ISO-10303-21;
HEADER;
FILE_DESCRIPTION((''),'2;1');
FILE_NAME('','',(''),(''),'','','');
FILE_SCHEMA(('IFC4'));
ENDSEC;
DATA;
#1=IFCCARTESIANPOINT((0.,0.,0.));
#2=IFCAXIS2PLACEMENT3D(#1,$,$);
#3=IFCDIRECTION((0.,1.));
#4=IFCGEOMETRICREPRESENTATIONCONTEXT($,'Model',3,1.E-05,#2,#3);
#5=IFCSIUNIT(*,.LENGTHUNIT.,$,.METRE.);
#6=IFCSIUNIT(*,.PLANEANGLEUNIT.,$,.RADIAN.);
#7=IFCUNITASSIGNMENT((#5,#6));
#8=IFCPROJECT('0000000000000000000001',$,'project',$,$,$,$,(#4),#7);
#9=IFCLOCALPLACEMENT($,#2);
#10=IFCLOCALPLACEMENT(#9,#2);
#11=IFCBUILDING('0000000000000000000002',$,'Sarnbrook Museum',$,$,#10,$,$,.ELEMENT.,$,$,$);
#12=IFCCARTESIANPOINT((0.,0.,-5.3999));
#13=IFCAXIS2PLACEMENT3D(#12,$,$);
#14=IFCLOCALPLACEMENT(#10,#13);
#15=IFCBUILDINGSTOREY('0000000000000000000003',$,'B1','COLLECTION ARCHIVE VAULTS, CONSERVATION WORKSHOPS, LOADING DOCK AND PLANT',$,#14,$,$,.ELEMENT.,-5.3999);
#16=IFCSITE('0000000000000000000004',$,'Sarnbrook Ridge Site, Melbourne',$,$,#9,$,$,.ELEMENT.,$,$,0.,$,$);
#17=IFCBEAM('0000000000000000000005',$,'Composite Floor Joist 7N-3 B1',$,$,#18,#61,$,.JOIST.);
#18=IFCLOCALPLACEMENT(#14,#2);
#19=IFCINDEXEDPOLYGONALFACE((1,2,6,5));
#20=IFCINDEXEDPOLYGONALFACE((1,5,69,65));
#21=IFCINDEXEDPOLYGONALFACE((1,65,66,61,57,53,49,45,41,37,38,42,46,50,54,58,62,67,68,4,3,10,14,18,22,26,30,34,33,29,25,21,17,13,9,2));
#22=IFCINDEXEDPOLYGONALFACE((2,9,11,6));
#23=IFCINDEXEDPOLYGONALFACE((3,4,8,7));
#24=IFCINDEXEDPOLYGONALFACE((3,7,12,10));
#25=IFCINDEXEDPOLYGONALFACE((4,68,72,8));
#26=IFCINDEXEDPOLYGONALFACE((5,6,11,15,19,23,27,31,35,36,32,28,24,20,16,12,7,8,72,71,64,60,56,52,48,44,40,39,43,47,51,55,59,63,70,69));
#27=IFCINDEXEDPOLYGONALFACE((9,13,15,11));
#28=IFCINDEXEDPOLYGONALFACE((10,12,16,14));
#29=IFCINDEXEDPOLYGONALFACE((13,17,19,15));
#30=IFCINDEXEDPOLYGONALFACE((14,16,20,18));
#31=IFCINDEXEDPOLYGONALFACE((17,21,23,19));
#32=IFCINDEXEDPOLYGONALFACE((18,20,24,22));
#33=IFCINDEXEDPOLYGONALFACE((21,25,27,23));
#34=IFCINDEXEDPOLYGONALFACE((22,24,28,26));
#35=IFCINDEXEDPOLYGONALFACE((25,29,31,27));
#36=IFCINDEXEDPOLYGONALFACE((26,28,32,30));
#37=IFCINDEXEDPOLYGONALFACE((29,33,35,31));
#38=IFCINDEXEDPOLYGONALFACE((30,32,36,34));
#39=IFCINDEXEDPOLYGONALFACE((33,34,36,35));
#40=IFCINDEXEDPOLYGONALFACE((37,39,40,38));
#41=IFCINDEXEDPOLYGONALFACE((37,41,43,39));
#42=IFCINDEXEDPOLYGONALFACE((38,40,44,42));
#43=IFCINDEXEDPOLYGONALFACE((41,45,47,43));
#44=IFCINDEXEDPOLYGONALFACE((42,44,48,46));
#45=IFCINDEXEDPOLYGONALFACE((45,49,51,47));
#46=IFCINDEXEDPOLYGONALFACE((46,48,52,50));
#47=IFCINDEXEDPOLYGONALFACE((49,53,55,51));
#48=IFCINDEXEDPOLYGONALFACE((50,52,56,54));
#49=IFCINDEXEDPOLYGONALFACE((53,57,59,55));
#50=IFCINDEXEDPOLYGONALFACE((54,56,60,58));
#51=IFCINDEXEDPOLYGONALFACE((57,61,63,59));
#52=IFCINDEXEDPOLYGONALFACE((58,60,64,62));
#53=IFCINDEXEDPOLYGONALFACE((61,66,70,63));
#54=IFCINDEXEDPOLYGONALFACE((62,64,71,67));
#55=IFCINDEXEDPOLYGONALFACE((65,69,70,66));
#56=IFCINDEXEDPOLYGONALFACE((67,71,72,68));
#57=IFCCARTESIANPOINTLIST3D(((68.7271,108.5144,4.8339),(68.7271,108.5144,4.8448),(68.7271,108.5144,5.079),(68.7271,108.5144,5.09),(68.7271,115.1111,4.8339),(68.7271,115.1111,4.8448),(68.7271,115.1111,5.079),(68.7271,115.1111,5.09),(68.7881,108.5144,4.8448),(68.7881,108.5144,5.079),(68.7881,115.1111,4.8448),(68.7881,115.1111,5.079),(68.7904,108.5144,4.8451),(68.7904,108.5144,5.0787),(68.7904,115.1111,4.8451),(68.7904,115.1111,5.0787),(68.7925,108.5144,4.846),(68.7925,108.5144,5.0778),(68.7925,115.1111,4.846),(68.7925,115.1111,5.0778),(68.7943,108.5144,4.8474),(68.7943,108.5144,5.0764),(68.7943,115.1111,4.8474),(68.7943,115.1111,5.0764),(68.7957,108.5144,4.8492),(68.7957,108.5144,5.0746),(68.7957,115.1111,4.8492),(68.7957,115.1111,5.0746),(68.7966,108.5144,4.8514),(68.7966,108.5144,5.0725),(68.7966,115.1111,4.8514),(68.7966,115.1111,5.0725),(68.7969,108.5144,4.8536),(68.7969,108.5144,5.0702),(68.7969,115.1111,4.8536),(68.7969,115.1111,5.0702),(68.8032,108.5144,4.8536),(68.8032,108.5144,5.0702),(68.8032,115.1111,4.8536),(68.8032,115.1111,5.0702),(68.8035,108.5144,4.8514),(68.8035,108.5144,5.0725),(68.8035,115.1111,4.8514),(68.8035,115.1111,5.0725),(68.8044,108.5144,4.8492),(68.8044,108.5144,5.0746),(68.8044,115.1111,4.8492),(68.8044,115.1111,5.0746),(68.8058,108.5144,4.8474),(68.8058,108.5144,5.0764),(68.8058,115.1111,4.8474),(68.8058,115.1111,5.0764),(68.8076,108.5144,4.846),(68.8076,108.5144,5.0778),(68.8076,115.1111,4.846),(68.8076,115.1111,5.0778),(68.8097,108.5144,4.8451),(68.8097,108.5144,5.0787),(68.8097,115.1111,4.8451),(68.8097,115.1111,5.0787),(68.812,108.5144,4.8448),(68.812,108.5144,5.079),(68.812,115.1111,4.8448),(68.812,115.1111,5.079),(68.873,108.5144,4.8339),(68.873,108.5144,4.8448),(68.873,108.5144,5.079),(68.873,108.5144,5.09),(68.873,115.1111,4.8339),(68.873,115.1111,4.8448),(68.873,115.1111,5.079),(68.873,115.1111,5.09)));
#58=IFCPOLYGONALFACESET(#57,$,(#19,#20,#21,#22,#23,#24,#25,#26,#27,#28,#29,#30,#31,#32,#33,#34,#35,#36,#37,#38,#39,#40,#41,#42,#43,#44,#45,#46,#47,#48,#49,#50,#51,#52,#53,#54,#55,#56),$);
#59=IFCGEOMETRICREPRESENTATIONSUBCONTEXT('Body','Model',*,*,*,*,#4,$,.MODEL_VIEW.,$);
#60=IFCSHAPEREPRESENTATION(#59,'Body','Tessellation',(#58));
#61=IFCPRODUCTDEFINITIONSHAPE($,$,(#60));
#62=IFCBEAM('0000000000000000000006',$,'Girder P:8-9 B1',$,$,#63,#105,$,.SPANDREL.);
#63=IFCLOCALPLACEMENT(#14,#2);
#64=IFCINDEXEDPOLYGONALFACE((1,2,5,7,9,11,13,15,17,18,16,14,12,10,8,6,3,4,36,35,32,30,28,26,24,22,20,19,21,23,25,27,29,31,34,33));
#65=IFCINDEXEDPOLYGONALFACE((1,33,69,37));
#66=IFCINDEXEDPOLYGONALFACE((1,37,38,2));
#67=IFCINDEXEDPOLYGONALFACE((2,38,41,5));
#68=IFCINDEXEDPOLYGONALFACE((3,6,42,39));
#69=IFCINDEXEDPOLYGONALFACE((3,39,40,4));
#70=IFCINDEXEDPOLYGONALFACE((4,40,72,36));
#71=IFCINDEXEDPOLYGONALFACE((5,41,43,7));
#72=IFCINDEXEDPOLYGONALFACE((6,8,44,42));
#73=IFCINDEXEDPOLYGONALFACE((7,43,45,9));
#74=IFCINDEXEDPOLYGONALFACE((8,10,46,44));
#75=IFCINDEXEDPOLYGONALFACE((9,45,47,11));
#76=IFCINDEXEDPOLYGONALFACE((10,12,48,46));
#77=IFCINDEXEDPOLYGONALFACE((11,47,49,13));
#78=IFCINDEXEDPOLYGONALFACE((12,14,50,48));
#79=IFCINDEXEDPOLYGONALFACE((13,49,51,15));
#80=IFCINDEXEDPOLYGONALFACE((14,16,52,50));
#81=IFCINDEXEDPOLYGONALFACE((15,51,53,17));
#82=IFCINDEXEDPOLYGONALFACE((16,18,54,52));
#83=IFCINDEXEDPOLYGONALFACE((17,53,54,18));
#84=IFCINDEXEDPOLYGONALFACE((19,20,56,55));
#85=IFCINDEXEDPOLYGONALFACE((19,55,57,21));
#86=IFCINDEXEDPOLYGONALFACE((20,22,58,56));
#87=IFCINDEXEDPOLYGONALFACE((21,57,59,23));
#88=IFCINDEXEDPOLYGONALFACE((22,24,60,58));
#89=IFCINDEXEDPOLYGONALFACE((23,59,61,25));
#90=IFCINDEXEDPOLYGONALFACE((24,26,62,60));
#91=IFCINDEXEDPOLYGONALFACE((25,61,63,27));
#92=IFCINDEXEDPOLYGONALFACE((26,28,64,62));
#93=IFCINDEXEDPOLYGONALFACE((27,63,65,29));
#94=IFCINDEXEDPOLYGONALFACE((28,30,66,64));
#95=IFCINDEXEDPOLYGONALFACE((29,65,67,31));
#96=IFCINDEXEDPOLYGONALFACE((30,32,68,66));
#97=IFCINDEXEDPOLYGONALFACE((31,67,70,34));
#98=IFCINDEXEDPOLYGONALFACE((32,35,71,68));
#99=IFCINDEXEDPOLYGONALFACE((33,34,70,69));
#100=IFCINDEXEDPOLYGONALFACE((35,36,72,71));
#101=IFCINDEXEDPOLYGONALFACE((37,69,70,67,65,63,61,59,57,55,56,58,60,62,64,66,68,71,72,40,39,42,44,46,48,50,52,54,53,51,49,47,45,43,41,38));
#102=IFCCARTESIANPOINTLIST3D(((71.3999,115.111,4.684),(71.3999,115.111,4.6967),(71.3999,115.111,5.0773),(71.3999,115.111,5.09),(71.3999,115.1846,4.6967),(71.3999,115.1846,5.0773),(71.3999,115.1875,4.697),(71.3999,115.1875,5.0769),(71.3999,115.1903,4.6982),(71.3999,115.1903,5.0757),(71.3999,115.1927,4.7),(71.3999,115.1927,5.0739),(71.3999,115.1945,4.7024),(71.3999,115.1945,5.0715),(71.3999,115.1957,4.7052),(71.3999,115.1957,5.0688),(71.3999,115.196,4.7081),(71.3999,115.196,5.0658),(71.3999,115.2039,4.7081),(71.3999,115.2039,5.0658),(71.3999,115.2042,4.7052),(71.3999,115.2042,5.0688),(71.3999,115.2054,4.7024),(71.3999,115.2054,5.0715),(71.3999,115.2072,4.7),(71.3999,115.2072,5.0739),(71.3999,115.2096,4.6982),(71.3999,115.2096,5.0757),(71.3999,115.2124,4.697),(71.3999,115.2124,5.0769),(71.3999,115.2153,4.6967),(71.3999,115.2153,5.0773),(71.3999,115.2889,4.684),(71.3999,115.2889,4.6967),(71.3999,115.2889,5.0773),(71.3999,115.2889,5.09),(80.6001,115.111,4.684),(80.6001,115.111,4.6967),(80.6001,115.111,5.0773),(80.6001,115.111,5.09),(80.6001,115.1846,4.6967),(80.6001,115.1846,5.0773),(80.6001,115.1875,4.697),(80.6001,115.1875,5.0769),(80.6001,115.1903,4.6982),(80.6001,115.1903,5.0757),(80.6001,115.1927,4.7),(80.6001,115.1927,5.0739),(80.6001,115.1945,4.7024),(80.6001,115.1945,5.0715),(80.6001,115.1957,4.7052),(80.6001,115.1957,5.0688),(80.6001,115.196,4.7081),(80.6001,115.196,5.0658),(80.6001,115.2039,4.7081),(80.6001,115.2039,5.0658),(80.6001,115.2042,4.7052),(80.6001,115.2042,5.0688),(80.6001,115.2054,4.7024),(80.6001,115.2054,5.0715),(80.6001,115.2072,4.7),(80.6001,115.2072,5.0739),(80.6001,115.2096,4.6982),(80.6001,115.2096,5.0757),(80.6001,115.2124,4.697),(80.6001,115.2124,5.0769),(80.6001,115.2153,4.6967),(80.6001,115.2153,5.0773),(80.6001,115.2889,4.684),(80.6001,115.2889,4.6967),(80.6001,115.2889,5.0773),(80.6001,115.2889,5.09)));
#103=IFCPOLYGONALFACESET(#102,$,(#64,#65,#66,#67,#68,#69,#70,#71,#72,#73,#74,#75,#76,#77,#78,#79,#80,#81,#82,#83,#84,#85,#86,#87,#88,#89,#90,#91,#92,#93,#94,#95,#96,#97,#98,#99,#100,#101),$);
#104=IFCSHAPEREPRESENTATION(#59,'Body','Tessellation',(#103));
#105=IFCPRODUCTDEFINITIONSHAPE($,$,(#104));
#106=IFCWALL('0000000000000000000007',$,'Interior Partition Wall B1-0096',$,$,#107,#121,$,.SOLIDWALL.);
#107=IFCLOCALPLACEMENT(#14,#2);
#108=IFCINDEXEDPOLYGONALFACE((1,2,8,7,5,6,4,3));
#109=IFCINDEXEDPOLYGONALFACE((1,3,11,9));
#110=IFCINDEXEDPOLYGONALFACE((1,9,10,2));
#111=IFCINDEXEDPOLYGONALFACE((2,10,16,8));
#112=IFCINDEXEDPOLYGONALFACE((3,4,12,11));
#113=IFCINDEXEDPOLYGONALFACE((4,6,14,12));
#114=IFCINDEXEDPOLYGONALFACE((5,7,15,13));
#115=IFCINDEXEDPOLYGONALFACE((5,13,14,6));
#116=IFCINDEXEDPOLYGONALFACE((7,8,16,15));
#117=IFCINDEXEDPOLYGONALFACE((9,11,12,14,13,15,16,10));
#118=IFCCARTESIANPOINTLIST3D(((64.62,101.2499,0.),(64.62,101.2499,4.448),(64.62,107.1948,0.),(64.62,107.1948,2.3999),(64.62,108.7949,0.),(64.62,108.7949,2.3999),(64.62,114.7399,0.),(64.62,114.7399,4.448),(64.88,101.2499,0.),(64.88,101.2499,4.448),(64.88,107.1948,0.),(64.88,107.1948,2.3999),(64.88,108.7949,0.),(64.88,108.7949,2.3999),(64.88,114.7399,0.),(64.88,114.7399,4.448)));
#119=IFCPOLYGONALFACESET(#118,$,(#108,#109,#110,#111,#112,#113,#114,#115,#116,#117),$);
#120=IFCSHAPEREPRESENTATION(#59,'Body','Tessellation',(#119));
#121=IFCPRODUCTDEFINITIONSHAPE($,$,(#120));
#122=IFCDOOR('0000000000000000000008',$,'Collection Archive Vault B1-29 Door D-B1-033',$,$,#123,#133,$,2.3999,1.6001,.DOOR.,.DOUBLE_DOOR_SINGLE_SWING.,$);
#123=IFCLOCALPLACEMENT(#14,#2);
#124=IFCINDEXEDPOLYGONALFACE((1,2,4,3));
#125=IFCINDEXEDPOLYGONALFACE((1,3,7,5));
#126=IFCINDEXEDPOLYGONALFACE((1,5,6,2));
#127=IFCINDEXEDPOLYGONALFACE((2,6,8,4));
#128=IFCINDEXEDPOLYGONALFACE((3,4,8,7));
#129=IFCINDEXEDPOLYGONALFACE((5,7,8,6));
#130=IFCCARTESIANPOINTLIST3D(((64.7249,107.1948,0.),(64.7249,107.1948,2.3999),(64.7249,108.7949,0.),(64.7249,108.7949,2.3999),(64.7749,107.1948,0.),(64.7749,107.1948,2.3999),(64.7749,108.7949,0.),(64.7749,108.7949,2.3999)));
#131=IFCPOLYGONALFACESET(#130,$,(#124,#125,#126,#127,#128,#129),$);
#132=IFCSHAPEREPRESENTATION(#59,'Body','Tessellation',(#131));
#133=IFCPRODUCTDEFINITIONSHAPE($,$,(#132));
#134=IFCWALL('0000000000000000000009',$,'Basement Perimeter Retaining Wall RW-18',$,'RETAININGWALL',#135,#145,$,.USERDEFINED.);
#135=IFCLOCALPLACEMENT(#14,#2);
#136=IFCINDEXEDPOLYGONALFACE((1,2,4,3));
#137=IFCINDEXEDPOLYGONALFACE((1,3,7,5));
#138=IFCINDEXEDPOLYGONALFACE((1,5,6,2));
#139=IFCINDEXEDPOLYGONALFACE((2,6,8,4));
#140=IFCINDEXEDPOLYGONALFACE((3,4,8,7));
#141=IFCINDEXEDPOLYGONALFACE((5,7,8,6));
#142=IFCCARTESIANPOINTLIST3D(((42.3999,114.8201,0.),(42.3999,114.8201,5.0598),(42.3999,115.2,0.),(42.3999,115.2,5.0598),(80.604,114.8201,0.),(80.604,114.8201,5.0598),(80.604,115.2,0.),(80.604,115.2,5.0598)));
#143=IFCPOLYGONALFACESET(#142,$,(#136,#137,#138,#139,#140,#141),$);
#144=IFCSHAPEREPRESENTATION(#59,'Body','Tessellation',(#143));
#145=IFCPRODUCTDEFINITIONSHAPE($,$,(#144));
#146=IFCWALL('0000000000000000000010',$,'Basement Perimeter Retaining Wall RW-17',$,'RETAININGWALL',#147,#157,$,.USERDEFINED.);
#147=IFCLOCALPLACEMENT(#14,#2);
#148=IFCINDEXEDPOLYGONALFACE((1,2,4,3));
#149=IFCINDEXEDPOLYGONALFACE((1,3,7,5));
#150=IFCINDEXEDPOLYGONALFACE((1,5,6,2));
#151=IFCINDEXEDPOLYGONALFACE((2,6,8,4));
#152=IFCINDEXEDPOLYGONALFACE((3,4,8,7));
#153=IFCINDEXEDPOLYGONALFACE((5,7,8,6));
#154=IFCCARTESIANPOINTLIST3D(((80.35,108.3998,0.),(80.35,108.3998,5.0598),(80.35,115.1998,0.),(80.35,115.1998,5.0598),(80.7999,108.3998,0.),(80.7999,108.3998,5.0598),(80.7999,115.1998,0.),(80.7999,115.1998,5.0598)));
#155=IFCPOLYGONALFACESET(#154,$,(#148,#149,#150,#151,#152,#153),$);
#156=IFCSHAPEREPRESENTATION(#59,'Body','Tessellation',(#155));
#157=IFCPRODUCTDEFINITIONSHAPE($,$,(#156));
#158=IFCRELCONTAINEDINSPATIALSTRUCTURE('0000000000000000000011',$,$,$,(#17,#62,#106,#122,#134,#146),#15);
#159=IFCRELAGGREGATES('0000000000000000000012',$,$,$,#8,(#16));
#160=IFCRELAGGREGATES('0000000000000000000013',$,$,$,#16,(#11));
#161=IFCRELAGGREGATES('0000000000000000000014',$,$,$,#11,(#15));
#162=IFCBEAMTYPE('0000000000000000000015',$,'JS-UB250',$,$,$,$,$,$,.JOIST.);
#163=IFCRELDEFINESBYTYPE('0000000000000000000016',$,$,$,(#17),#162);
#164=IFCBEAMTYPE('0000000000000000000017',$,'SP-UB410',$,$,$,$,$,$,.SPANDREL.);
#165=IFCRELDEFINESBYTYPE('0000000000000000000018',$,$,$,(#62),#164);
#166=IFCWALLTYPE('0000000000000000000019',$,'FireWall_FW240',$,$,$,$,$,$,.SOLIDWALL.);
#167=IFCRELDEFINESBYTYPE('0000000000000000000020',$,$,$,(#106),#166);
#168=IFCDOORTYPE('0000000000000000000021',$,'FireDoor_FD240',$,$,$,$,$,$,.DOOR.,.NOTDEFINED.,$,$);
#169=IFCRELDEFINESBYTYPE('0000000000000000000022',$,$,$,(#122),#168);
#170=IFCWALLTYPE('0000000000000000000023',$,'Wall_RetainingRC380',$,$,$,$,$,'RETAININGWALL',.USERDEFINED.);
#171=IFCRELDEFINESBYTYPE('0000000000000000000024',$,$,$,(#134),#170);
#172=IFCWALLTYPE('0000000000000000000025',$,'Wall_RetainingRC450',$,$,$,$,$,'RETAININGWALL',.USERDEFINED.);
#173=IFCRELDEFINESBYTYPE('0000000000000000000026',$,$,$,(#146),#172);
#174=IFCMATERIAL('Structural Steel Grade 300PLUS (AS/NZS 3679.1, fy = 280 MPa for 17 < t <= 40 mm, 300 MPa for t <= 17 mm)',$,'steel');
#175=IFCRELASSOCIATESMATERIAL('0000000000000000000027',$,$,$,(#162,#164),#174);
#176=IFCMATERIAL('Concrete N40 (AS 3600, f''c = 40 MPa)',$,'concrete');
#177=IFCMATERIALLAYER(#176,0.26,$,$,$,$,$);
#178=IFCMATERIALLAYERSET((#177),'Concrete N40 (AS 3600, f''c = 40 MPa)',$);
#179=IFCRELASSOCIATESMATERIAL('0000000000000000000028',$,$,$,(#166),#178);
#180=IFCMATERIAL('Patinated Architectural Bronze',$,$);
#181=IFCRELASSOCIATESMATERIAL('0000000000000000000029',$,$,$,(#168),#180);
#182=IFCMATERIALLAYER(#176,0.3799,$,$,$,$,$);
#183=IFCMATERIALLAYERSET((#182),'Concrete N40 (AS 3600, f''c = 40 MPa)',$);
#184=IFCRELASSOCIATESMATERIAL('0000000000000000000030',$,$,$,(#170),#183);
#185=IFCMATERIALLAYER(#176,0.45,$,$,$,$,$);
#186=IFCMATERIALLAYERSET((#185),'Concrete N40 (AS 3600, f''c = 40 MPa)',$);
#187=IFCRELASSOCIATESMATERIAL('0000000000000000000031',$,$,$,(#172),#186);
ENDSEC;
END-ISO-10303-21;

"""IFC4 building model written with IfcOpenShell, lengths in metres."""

from ifc_helpers import new_model, si_unit, direction, frame, frame_2d, origin, origin_2d, place, context, subcontext, project, spatial, rectangle, i_section, extrude, material, layer, layer_set, material_profile, profile_set, type_object, element, fill, save


model = new_model("IFC4")

# Units and contexts
model_context = context("Model", 3, precision=1e-05, world=origin(), true_north=direction((0.0, 1.0)))
body_context = subcontext(model_context, "Body", "Model", "MODEL_VIEW")
ifc_project = project(units=[si_unit("LENGTHUNIT", "METRE"), si_unit("PLANEANGLEUNIT", "RADIAN")], contexts=[model_context])

# Site, building, storey
site_placement = place(None, origin())
site = spatial("IfcSite", under=ifc_project, at=site_placement, Name="Sarnbrook Ridge Site, Melbourne", CompositionType="ELEMENT", RefElevation=0.0)
building_placement = place(site_placement, origin())
building = spatial("IfcBuilding", under=site, at=building_placement, Name="Sarnbrook Museum", CompositionType="ELEMENT")
storey_placement = place(building_placement, frame((0.0, 0.0, -5.3999)))
storey = spatial("IfcBuildingStorey", under=building, at=storey_placement, Name="B1", Description="COLLECTION ARCHIVE VAULTS, CONSERVATION WORKSHOPS, LOADING DOCK AND PLANT", CompositionType="ELEMENT", Elevation=-5.3999)

# Shared definitions
ifc_material_1 = material(Name="Concrete N40 (AS 3600, f'c = 40 MPa)", Category="concrete")

# Beams
ifc_material_2 = material(Name="Structural Steel Grade 300PLUS (AS/NZS 3679.1, fy = 280 MPa for 17 < t <= 40 mm, 300 MPa for t <= 17 mm)", Category="steel")
ifc_material_profile_1 = material_profile(ifc_material_2, i_section(OverallWidth=0.146, OverallDepth=0.2561, WebThickness=0.0063, FlangeThickness=0.011, FilletRadius=0.0088, at=origin_2d()), Name="250UB37.3")
ifc_profile_set_1 = profile_set([ifc_material_profile_1], Name="Structural Steel Grade 300PLUS (AS/NZS 3679.1, fy = 280 MPa for 17 < t <= 40 mm, 300 MPa for t <= 17 mm)")
beam_type_1 = type_object("IfcBeamType", Name="JS-UB250", PredefinedType="JOIST", material=ifc_profile_set_1)
for number, where, z_axis, x_axis, name in (
    (1, (68.8, 108.5144, 4.9619), (0.0, 1.0, 0.0), (-1.0, 0.0, 0.0), "Composite Floor Joist 7N-3 B1"),
):
    element("IfcBeam", number, at=place(storey_placement, frame(where, z_axis=z_axis, x_axis=x_axis)), inside=storey, type_object=beam_type_1, Name=name, PredefinedType="JOIST", context=body_context, shape_type="SweptSolid", body=[
        extrude(i_section(OverallWidth=0.146, OverallDepth=0.2561, WebThickness=0.0063, FlangeThickness=0.011, FilletRadius=0.0088, at=origin_2d()), origin(), (0.0, 0.0, 1.0), 6.5967),
    ])
ifc_material_profile_2 = material_profile(ifc_material_2, i_section(OverallWidth=0.178, OverallDepth=0.406, WebThickness=0.0078, FlangeThickness=0.0127, FilletRadius=0.0115, at=origin_2d()), Name="410UB59.7")
ifc_profile_set_2 = profile_set([ifc_material_profile_2], Name="Structural Steel Grade 300PLUS (AS/NZS 3679.1, fy = 280 MPa for 17 < t <= 40 mm, 300 MPa for t <= 17 mm)")
beam_type_2 = type_object("IfcBeamType", Name="SP-UB410", PredefinedType="SPANDREL", material=ifc_profile_set_2)
beam_placement = place(storey_placement, frame((71.3999, 115.2, 4.887), z_axis=(1.0, 0.0, 0.0), x_axis=(0.0, 1.0, 0.0)))
element("IfcBeam", 2, at=beam_placement, inside=storey, type_object=beam_type_2, Name="Girder P:8-9 B1", PredefinedType="SPANDREL", context=body_context, shape_type="SweptSolid", body=[
    extrude(i_section(OverallWidth=0.178, OverallDepth=0.406, WebThickness=0.0078, FlangeThickness=0.0127, FilletRadius=0.0115, at=origin_2d()), origin(), (0.0, 0.0, 1.0), 9.2002),
])

# Wall, opening, door
ifc_layer_1 = layer(ifc_material_1, 0.26)
ifc_layer_set_1 = layer_set([ifc_layer_1], Name="Concrete N40 (AS 3600, f'c = 40 MPa)")
wall_type_1 = type_object("IfcWallType", Name="FireWall_FW240", PredefinedType="SOLIDWALL", material=ifc_layer_set_1)
wall_1_placement = place(storey_placement, frame((64.75, 114.74, 0.0), z_axis=(0.0, 0.0, 1.0), x_axis=(0.0, -1.0, 0.0)))
wall_1 = element("IfcWall", 3, at=wall_1_placement, inside=storey, type_object=wall_type_1, Name="Interior Partition Wall B1-0096", PredefinedType="SOLIDWALL", context=body_context, shape_type="SweptSolid", body=[
    extrude(rectangle(XDim=13.49, YDim=0.26, at=frame_2d((6.7451, 0.0))), origin(), (0.0, 0.0, 1.0), 4.448),
])
opening_placement = place(wall_1_placement, frame((5.9451, 0.0, 0.0)))
opening = element("IfcOpeningElement", 4, at=opening_placement, cuts=wall_1, PredefinedType="OPENING", context=body_context, shape_type="SweptSolid", body=[
    extrude(rectangle(XDim=1.6001, YDim=2.3999, at=frame_2d((0.8, 1.2))), frame((0.0, 0.1401, 0.0), z_axis=(0.0, -1.0, 0.0), x_axis=(1.0, 0.0, 0.0)), (0.0, 0.0, 1.0), 0.28),
])
ifc_material_3 = material(Name="Patinated Architectural Bronze")
door_type = type_object("IfcDoorType", Name="FireDoor_FD240", OperationType="NOTDEFINED", PredefinedType="DOOR", material=ifc_material_3)
door_placement = place(opening_placement, origin())
door = element("IfcDoor", 5, at=door_placement, inside=storey, type_object=door_type, Name="Collection Archive Vault B1-29 Door D-B1-033", OperationType="DOUBLE_DOOR_SINGLE_SWING", OverallHeight=2.3999, OverallWidth=1.6001, PredefinedType="DOOR", context=body_context, shape_type="SweptSolid", body=[
    extrude(rectangle(XDim=1.6001, YDim=2.3999, at=frame_2d((0.8, 1.2))), frame((0.0, 0.0249, 0.0), z_axis=(0.0, -1.0, 0.0), x_axis=(1.0, 0.0, 0.0)), (0.0, 0.0, 1.0), 0.05),
])
fill(opening, door)

# Walls
ifc_layer_2 = layer(ifc_material_1, 0.3799)
ifc_layer_set_2 = layer_set([ifc_layer_2], Name="Concrete N40 (AS 3600, f'c = 40 MPa)")
wall_type_2 = type_object("IfcWallType", Name="Wall_RetainingRC380", ElementType="RETAININGWALL", PredefinedType="USERDEFINED", material=ifc_layer_set_2)
wall_2_placement = place(storey_placement, frame((80.604, 115.01, 0.0), z_axis=(0.0, 0.0, 1.0), x_axis=(-1.0, 0.0, 0.0)))
element("IfcWall", 6, at=wall_2_placement, inside=storey, type_object=wall_type_2, Name="Basement Perimeter Retaining Wall RW-18", ObjectType="RETAININGWALL", PredefinedType="USERDEFINED", context=body_context, shape_type="SweptSolid", body=[
    extrude(rectangle(XDim=38.2041, YDim=0.3799, at=frame_2d((19.1021, 0.0))), origin(), (0.0, 0.0, 1.0), 5.0598),
])
ifc_layer_3 = layer(ifc_material_1, 0.45)
ifc_layer_set_3 = layer_set([ifc_layer_3], Name="Concrete N40 (AS 3600, f'c = 40 MPa)")
wall_type_3 = type_object("IfcWallType", Name="Wall_RetainingRC450", ElementType="RETAININGWALL", PredefinedType="USERDEFINED", material=ifc_layer_set_3)
wall_3_placement = place(storey_placement, frame((80.575, 108.3999, 0.0), z_axis=(0.0, 0.0, 1.0), x_axis=(0.0, 1.0, 0.0)))
element("IfcWall", 7, at=wall_3_placement, inside=storey, type_object=wall_type_3, Name="Basement Perimeter Retaining Wall RW-17", ObjectType="RETAININGWALL", PredefinedType="USERDEFINED", context=body_context, shape_type="SweptSolid", body=[
    extrude(rectangle(XDim=6.8, YDim=0.45, at=frame_2d((3.3999, 0.0))), origin(), (0.0, 0.0, 1.0), 5.0598),
])

save(model, "model.ifc")
